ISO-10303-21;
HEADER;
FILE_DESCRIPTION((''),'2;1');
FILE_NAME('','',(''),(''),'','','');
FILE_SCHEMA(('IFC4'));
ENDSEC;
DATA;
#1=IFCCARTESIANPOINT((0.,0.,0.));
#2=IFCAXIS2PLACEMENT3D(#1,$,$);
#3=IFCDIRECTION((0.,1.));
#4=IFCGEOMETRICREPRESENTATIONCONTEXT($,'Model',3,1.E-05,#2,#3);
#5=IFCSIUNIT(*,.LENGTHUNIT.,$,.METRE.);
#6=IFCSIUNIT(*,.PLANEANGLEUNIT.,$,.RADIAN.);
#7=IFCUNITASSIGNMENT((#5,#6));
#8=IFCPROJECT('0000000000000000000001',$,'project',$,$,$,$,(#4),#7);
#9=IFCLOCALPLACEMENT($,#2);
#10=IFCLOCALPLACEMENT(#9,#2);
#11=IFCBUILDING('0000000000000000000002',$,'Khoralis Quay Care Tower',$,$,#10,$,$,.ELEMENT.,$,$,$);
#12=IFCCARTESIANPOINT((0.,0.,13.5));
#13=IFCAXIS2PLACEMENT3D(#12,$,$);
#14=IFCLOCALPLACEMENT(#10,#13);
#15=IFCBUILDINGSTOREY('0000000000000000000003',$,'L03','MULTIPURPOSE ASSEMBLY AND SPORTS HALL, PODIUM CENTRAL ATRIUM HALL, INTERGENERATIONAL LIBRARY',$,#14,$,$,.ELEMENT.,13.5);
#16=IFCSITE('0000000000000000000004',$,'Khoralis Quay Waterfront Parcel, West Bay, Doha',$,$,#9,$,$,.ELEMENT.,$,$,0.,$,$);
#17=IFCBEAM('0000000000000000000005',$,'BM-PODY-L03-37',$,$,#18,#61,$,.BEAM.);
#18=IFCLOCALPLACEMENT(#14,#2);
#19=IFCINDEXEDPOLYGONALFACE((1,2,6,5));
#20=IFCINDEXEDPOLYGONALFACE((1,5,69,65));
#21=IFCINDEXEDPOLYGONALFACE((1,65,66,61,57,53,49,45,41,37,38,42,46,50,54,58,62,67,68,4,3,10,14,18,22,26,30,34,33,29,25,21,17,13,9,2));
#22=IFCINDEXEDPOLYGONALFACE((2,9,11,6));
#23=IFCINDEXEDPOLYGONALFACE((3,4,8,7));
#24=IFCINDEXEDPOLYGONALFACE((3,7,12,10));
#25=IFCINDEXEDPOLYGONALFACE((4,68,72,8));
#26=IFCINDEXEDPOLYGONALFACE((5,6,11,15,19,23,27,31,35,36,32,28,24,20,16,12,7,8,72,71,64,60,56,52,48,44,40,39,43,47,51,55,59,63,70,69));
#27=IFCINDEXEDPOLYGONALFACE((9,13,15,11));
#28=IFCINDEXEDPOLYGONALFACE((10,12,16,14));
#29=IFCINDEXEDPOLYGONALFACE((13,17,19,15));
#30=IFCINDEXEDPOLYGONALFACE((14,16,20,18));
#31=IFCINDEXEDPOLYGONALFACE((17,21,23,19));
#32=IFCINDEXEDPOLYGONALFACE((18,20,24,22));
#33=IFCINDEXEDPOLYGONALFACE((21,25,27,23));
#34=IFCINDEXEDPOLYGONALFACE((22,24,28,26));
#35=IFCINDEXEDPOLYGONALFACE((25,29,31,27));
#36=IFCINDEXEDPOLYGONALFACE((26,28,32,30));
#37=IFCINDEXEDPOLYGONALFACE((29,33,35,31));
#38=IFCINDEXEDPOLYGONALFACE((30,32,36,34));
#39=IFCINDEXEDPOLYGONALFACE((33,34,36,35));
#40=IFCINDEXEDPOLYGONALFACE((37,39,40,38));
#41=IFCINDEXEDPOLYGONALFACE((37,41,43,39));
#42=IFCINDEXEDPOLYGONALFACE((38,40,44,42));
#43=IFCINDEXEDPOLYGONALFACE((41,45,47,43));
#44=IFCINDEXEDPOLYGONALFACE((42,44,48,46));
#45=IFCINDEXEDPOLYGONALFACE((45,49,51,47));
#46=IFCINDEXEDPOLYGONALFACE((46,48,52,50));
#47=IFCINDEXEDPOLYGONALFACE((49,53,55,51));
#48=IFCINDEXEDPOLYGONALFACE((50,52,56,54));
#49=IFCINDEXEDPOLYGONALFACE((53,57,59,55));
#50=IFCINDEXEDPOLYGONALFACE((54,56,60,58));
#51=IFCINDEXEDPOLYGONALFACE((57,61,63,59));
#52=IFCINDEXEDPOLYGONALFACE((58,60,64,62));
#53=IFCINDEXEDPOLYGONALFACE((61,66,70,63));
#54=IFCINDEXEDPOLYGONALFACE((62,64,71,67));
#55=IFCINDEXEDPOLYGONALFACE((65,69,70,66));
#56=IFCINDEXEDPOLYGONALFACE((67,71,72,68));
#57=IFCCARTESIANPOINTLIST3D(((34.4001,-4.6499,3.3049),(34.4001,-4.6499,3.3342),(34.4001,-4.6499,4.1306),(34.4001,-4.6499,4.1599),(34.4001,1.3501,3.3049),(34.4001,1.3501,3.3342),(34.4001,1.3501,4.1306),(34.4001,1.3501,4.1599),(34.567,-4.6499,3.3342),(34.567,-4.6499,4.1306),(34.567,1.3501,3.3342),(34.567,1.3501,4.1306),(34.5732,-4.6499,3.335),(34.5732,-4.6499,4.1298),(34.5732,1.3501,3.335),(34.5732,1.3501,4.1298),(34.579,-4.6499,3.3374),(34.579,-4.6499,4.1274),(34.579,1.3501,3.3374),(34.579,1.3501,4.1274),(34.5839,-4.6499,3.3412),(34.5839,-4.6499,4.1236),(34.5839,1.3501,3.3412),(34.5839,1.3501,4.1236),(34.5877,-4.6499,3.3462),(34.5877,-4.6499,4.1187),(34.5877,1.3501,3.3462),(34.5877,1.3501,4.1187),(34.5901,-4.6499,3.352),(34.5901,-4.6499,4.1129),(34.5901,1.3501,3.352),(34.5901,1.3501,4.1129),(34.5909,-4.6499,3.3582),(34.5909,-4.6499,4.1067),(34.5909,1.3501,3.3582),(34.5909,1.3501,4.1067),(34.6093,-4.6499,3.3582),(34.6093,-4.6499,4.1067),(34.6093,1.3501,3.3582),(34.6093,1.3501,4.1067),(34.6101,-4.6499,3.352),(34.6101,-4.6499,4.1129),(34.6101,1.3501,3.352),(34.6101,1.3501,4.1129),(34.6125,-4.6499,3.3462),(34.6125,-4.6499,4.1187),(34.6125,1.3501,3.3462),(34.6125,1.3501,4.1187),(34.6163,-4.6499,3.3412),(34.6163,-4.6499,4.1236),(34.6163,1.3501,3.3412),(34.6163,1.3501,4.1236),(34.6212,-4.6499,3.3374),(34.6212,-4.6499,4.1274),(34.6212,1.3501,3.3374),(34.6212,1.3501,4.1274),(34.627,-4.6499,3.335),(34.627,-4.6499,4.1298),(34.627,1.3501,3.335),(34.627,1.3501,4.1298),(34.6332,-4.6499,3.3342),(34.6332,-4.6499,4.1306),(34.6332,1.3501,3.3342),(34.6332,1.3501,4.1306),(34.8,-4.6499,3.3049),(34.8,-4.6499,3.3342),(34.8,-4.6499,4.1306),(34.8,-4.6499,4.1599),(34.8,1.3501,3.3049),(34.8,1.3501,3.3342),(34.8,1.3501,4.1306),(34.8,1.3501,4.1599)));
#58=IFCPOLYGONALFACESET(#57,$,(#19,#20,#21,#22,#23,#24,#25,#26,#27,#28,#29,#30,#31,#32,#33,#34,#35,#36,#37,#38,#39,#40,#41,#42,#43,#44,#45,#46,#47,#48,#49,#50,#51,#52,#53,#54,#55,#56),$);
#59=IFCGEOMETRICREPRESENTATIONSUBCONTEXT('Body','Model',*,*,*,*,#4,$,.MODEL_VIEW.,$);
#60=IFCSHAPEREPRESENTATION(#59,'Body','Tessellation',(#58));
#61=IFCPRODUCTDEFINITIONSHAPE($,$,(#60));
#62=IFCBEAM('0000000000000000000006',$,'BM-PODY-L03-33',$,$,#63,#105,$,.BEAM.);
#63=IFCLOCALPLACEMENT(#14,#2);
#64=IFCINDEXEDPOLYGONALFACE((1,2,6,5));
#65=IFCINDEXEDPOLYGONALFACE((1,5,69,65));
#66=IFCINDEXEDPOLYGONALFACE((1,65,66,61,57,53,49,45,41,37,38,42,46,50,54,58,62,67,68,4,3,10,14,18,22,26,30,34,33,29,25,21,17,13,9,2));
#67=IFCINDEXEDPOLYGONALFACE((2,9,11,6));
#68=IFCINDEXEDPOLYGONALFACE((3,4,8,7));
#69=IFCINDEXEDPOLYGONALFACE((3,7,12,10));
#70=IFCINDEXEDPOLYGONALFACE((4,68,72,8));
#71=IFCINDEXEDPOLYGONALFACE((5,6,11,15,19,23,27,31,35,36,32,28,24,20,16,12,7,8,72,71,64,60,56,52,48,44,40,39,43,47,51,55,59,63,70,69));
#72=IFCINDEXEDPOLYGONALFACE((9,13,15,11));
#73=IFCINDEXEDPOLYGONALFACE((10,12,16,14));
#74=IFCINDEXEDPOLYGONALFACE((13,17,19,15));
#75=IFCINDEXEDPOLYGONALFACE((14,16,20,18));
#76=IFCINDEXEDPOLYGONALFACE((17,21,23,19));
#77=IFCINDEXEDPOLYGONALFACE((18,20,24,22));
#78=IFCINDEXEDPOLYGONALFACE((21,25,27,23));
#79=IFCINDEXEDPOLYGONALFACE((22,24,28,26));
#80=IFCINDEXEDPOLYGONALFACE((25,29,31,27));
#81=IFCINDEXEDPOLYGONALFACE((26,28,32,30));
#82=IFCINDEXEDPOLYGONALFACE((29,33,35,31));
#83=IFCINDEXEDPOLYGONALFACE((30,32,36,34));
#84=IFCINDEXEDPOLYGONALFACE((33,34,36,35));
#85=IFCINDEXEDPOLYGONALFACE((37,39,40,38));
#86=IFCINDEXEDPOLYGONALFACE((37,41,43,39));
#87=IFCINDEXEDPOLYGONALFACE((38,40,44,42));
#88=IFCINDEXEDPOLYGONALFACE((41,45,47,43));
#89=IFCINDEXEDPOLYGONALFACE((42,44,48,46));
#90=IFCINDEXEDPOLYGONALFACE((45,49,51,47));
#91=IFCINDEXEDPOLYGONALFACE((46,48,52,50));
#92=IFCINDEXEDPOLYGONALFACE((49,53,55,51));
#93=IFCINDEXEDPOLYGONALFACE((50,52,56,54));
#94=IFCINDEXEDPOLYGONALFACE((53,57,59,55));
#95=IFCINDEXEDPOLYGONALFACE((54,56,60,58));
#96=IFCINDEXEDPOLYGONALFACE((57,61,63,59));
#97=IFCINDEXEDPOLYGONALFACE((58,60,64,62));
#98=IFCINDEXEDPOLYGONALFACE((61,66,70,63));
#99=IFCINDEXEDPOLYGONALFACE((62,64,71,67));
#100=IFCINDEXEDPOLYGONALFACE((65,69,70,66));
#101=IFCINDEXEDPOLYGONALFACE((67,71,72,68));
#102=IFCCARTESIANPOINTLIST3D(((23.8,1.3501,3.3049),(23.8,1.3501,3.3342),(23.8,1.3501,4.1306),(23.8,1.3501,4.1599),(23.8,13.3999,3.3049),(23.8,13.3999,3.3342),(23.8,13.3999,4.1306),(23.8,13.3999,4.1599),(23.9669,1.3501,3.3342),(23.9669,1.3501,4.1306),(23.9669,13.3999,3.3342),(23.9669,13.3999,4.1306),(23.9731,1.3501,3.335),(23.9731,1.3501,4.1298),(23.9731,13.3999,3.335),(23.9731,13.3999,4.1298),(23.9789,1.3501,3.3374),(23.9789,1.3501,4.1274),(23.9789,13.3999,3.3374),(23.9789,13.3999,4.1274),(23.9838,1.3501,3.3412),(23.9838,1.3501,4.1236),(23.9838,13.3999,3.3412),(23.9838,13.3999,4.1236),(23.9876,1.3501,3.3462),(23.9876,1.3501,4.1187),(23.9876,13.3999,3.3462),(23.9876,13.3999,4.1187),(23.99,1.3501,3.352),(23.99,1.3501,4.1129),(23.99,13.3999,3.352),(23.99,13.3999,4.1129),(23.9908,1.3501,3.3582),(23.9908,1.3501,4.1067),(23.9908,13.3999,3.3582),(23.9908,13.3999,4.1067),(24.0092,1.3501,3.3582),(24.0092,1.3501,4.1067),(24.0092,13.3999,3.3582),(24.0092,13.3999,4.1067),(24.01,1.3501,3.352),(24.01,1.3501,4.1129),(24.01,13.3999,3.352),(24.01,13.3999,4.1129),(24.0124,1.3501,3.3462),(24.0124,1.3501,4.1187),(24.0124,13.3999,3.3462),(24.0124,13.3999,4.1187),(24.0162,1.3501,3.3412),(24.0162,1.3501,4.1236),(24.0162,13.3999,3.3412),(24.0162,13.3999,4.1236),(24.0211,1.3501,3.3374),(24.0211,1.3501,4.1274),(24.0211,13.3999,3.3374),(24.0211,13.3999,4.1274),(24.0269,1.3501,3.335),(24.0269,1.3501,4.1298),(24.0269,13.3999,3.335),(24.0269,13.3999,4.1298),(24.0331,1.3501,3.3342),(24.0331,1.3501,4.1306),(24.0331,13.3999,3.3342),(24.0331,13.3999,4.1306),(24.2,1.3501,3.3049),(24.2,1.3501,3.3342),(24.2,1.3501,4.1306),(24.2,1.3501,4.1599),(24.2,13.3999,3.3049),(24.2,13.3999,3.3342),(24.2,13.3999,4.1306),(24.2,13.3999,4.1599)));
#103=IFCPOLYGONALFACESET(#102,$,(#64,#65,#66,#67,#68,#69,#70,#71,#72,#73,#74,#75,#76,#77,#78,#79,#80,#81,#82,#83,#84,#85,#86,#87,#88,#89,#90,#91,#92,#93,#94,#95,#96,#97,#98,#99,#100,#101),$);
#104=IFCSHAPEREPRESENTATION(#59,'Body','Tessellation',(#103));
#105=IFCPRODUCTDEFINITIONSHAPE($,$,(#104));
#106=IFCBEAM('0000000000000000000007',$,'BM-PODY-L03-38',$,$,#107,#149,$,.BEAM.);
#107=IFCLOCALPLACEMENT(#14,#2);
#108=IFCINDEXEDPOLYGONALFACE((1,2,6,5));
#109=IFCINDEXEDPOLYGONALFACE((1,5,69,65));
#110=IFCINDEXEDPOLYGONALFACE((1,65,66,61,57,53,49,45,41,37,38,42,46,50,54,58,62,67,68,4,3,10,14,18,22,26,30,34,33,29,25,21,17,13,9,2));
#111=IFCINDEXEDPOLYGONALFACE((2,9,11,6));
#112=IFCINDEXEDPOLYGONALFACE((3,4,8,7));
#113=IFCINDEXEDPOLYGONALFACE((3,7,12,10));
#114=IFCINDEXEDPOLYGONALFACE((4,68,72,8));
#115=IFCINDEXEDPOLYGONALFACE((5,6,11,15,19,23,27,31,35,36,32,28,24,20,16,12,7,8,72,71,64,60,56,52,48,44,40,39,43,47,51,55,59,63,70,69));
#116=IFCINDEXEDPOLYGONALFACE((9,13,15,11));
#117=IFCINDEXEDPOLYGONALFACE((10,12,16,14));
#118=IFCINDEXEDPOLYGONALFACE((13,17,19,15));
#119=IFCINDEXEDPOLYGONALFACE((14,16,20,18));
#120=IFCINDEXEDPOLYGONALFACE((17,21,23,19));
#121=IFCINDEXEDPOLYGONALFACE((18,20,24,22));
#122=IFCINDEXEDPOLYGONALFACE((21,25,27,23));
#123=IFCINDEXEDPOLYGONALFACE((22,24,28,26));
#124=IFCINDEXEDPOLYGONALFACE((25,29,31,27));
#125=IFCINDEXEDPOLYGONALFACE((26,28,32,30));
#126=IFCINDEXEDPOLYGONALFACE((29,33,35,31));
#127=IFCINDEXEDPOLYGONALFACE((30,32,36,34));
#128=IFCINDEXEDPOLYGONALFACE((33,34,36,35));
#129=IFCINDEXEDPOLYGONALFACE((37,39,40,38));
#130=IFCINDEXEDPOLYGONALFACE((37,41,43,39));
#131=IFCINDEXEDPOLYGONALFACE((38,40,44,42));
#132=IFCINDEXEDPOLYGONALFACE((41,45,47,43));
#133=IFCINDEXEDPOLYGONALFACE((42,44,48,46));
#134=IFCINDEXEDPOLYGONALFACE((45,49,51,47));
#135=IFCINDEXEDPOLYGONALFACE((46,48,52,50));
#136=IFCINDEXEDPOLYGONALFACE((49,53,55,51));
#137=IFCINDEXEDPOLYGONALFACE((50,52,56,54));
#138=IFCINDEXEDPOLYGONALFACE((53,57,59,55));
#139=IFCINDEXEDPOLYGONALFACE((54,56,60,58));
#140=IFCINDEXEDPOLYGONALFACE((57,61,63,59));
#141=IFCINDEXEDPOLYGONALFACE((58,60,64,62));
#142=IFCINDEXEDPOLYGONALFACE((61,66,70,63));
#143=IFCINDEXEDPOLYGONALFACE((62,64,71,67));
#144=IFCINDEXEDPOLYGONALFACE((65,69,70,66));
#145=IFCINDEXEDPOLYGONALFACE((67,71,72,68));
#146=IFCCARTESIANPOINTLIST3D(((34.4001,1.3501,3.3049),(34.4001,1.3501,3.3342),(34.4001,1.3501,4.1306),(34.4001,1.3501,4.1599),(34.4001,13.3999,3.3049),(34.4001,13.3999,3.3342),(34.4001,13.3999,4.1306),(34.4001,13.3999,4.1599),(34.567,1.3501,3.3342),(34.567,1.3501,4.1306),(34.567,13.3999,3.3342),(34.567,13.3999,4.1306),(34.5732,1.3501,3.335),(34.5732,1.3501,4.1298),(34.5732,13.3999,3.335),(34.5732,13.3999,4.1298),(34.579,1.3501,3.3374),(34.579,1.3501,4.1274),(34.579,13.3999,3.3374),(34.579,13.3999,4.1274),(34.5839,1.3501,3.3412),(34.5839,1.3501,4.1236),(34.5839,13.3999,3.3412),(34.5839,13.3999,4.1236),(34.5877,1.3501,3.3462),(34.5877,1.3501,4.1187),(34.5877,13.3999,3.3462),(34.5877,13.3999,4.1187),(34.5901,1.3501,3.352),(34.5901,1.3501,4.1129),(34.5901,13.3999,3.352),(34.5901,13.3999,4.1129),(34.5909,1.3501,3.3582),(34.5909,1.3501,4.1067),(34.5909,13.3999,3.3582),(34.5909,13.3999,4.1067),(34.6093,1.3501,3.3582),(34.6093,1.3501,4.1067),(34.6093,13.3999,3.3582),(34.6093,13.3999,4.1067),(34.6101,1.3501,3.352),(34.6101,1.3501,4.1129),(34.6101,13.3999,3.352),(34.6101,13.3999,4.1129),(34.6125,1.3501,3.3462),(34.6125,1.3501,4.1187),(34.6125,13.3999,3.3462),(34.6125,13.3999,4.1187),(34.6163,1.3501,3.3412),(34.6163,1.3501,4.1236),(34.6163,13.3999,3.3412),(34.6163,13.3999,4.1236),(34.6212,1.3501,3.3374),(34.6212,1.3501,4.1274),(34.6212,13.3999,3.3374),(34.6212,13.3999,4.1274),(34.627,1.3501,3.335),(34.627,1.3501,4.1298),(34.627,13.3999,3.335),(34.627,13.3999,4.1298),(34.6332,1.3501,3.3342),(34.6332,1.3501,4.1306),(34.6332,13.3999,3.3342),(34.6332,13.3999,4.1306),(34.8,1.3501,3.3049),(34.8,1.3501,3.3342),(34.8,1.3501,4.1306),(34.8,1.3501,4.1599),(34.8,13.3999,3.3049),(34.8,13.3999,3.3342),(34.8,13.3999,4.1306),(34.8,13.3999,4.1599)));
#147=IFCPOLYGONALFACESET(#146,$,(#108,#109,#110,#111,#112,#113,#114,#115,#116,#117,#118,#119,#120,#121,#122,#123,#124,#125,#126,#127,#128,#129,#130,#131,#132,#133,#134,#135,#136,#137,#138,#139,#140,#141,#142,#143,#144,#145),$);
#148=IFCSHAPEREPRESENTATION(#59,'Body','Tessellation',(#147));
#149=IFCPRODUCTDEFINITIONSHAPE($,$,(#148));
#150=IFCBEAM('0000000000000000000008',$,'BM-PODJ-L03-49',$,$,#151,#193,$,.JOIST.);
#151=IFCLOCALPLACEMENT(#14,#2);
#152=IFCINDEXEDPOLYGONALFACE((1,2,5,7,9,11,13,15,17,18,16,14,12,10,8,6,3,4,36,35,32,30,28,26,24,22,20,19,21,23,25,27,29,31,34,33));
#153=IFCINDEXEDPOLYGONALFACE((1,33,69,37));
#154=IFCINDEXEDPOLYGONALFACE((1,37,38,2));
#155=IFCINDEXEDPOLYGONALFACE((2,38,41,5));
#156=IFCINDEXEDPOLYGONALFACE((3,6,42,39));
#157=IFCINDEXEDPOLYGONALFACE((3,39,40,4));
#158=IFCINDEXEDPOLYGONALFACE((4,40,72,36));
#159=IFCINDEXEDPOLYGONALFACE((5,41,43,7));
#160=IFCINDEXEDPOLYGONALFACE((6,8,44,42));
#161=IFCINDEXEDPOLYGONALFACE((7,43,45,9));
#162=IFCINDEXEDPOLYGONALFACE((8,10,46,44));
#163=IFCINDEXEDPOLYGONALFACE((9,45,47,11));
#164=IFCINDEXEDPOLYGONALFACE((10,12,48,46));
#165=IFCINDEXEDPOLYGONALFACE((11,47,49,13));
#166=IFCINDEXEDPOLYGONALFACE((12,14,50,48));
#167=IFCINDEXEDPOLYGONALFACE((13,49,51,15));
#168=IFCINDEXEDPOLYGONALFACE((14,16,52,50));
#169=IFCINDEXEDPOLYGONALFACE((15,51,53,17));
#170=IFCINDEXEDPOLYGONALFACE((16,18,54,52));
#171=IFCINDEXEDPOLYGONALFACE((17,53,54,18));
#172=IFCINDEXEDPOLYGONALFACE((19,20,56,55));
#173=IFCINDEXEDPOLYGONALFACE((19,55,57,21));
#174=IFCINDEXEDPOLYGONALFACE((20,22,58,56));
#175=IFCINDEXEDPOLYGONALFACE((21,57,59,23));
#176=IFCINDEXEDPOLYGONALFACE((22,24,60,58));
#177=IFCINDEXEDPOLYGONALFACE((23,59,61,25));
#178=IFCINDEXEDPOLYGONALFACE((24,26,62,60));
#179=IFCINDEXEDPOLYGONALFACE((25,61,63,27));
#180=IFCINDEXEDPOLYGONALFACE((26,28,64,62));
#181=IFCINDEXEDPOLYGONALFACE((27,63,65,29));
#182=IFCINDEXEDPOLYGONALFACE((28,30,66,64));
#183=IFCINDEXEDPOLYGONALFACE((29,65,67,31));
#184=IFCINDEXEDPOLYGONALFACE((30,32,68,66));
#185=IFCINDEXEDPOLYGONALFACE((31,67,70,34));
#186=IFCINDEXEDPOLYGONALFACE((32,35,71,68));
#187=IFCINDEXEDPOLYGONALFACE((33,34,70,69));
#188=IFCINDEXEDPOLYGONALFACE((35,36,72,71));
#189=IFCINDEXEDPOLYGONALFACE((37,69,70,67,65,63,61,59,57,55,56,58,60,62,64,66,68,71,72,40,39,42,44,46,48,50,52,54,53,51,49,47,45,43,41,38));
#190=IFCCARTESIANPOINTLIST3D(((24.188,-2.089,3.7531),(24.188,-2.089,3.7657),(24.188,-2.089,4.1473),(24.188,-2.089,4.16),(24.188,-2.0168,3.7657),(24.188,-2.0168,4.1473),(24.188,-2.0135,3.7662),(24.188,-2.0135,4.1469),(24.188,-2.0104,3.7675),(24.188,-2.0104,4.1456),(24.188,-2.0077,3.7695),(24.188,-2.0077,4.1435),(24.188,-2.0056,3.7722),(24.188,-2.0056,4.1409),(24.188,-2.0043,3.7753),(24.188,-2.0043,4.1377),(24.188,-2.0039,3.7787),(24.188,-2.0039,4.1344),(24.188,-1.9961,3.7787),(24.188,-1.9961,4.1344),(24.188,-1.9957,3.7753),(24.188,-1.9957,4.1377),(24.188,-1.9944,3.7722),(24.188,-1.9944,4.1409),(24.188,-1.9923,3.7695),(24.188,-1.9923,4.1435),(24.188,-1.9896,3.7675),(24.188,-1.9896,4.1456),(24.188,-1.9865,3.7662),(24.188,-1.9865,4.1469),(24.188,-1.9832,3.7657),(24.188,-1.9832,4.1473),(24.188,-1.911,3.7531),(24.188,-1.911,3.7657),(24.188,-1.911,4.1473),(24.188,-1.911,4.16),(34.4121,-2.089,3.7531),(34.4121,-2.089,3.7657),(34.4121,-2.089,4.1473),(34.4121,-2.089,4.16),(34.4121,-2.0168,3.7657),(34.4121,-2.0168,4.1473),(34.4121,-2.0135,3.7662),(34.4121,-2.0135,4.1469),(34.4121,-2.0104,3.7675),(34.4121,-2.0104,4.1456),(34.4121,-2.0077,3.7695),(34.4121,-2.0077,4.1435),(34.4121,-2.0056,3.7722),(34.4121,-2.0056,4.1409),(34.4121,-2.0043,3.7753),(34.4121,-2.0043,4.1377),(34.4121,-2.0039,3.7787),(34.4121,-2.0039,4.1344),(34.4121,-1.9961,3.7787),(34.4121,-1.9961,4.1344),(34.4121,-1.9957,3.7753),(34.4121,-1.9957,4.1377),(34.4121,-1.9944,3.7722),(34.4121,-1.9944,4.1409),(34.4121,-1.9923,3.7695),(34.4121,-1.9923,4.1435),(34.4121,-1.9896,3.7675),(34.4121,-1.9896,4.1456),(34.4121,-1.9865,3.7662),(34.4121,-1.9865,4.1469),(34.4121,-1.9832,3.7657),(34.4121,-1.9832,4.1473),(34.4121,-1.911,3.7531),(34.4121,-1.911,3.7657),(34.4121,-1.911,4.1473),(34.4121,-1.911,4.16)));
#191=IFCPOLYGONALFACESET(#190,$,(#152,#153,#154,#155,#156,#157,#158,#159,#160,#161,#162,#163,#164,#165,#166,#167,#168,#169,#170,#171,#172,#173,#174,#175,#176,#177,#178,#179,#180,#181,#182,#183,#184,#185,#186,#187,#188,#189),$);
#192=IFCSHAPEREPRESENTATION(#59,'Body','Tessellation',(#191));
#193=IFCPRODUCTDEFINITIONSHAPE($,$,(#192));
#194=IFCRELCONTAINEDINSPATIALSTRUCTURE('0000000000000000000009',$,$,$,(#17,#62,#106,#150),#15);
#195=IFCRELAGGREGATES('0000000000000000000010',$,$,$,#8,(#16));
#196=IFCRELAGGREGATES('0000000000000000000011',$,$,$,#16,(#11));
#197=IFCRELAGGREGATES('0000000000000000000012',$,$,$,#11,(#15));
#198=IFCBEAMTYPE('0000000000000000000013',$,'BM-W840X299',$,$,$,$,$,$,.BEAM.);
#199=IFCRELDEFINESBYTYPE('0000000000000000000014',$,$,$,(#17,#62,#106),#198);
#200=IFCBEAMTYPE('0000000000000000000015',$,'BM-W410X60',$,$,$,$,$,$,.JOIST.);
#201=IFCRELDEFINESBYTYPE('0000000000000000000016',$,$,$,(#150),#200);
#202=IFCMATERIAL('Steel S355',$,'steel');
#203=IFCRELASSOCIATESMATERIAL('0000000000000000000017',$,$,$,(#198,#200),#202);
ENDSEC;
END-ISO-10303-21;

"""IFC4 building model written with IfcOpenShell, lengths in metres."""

from ifc_helpers import new_model, si_unit, direction, frame, origin, origin_2d, place, context, subcontext, project, spatial, i_section, extrude, source, transform, mapped, material, material_profile, profile_set, type_object, element, save


model = new_model("IFC4")

# Units and contexts
model_context = context("Model", 3, precision=1e-05, world=origin(), true_north=direction((0.0, 1.0)))
body_context = subcontext(model_context, "Body", "Model", "MODEL_VIEW")
ifc_project = project(units=[si_unit("LENGTHUNIT", "METRE"), si_unit("PLANEANGLEUNIT", "RADIAN")], contexts=[model_context])

# Site, building, storey
site_placement = place(None, origin())
site = spatial("IfcSite", under=ifc_project, at=site_placement, Name="Khoralis Quay Waterfront Parcel, West Bay, Doha", CompositionType="ELEMENT", RefElevation=0.0)
building_placement = place(site_placement, origin())
building = spatial("IfcBuilding", under=site, at=building_placement, Name="Khoralis Quay Care Tower", CompositionType="ELEMENT")
storey_placement = place(building_placement, frame((0.0, 0.0, 13.5)))
storey = spatial("IfcBuildingStorey", under=building, at=storey_placement, Name="L03", Description="MULTIPURPOSE ASSEMBLY AND SPORTS HALL, PODIUM CENTRAL ATRIUM HALL, INTERGENERATIONAL LIBRARY", CompositionType="ELEMENT", Elevation=13.5)

# Beams
ifc_material_1 = material(Name="Steel S355", Category="steel")
ifc_material_profile_1 = material_profile(ifc_material_1, i_section(OverallWidth=0.3999, OverallDepth=0.855, WebThickness=0.0183, FlangeThickness=0.0293, FilletRadius=0.0239, at=origin_2d()), Name="Steel S355")
ifc_profile_set_1 = profile_set([ifc_material_profile_1], Name="Steel S355")
beam_type_1 = type_object("IfcBeamType", Name="BM-W840X299", PredefinedType="BEAM", material=ifc_profile_set_1)
shared_shape_1 = source(origin(), body_context, "Body", "SweptSolid", [
    extrude(i_section(OverallWidth=0.3999, OverallDepth=0.855, WebThickness=0.0183, FlangeThickness=0.0293, FilletRadius=0.0239, at=origin_2d()), origin(), (0.0, 0.0, 1.0), 6.0),
])
beam_1_placement = place(storey_placement, frame((34.6001, -4.6499, 3.7324), z_axis=(0.0, 1.0, 0.0), x_axis=(-1.0, 0.0, 0.0)))
element("IfcBeam", 1, at=beam_1_placement, inside=storey, type_object=beam_type_1, Name="BM-PODY-L03-37", PredefinedType="BEAM", context=body_context, shape_type="MappedRepresentation", body=[
    mapped(shared_shape_1, transform((0.0, 0.0, 0.0), scale=1.0)),
])
shared_shape_2 = source(origin(), body_context, "Body", "SweptSolid", [
    extrude(i_section(OverallWidth=0.3999, OverallDepth=0.855, WebThickness=0.0183, FlangeThickness=0.0293, FilletRadius=0.0239, at=origin_2d()), origin(), (0.0, 0.0, 1.0), 12.0498),
])
for number, where, z_axis, x_axis, name in (
    (2, (24.0, 1.3501, 3.7324), (0.0, 1.0, 0.0), (-1.0, 0.0, 0.0), "BM-PODY-L03-33"),
    (3, (34.6001, 1.3501, 3.7324), (0.0, 1.0, 0.0), (-1.0, 0.0, 0.0), "BM-PODY-L03-38"),
):
    element("IfcBeam", number, at=place(storey_placement, frame(where, z_axis=z_axis, x_axis=x_axis)), inside=storey, type_object=beam_type_1, Name=name, PredefinedType="BEAM", context=body_context, shape_type="MappedRepresentation", body=[
        mapped(shared_shape_2, transform((0.0, 0.0, 0.0), scale=1.0)),
    ])
ifc_material_profile_2 = material_profile(ifc_material_1, i_section(OverallWidth=0.178, OverallDepth=0.407, WebThickness=0.0078, FlangeThickness=0.0127, FilletRadius=0.0129, at=origin_2d()), Name="Steel S355")
ifc_profile_set_2 = profile_set([ifc_material_profile_2], Name="Steel S355")
beam_type_2 = type_object("IfcBeamType", Name="BM-W410X60", PredefinedType="JOIST", material=ifc_profile_set_2)
shared_shape_3 = source(origin(), body_context, "Body", "SweptSolid", [
    extrude(i_section(OverallWidth=0.178, OverallDepth=0.407, WebThickness=0.0078, FlangeThickness=0.0127, FilletRadius=0.0129, at=origin_2d()), origin(), (0.0, 0.0, 1.0), 10.2241),
])
beam_2_placement = place(storey_placement, frame((24.188, -2.0, 3.9565), z_axis=(1.0, 0.0, 0.0), x_axis=(0.0, 1.0, 0.0)))
element("IfcBeam", 4, at=beam_2_placement, inside=storey, type_object=beam_type_2, Name="BM-PODJ-L03-49", PredefinedType="JOIST", context=body_context, shape_type="MappedRepresentation", body=[
    mapped(shared_shape_3, transform((0.0, 0.0, 0.0), scale=1.0)),
])

save(model, "model.ifc")
